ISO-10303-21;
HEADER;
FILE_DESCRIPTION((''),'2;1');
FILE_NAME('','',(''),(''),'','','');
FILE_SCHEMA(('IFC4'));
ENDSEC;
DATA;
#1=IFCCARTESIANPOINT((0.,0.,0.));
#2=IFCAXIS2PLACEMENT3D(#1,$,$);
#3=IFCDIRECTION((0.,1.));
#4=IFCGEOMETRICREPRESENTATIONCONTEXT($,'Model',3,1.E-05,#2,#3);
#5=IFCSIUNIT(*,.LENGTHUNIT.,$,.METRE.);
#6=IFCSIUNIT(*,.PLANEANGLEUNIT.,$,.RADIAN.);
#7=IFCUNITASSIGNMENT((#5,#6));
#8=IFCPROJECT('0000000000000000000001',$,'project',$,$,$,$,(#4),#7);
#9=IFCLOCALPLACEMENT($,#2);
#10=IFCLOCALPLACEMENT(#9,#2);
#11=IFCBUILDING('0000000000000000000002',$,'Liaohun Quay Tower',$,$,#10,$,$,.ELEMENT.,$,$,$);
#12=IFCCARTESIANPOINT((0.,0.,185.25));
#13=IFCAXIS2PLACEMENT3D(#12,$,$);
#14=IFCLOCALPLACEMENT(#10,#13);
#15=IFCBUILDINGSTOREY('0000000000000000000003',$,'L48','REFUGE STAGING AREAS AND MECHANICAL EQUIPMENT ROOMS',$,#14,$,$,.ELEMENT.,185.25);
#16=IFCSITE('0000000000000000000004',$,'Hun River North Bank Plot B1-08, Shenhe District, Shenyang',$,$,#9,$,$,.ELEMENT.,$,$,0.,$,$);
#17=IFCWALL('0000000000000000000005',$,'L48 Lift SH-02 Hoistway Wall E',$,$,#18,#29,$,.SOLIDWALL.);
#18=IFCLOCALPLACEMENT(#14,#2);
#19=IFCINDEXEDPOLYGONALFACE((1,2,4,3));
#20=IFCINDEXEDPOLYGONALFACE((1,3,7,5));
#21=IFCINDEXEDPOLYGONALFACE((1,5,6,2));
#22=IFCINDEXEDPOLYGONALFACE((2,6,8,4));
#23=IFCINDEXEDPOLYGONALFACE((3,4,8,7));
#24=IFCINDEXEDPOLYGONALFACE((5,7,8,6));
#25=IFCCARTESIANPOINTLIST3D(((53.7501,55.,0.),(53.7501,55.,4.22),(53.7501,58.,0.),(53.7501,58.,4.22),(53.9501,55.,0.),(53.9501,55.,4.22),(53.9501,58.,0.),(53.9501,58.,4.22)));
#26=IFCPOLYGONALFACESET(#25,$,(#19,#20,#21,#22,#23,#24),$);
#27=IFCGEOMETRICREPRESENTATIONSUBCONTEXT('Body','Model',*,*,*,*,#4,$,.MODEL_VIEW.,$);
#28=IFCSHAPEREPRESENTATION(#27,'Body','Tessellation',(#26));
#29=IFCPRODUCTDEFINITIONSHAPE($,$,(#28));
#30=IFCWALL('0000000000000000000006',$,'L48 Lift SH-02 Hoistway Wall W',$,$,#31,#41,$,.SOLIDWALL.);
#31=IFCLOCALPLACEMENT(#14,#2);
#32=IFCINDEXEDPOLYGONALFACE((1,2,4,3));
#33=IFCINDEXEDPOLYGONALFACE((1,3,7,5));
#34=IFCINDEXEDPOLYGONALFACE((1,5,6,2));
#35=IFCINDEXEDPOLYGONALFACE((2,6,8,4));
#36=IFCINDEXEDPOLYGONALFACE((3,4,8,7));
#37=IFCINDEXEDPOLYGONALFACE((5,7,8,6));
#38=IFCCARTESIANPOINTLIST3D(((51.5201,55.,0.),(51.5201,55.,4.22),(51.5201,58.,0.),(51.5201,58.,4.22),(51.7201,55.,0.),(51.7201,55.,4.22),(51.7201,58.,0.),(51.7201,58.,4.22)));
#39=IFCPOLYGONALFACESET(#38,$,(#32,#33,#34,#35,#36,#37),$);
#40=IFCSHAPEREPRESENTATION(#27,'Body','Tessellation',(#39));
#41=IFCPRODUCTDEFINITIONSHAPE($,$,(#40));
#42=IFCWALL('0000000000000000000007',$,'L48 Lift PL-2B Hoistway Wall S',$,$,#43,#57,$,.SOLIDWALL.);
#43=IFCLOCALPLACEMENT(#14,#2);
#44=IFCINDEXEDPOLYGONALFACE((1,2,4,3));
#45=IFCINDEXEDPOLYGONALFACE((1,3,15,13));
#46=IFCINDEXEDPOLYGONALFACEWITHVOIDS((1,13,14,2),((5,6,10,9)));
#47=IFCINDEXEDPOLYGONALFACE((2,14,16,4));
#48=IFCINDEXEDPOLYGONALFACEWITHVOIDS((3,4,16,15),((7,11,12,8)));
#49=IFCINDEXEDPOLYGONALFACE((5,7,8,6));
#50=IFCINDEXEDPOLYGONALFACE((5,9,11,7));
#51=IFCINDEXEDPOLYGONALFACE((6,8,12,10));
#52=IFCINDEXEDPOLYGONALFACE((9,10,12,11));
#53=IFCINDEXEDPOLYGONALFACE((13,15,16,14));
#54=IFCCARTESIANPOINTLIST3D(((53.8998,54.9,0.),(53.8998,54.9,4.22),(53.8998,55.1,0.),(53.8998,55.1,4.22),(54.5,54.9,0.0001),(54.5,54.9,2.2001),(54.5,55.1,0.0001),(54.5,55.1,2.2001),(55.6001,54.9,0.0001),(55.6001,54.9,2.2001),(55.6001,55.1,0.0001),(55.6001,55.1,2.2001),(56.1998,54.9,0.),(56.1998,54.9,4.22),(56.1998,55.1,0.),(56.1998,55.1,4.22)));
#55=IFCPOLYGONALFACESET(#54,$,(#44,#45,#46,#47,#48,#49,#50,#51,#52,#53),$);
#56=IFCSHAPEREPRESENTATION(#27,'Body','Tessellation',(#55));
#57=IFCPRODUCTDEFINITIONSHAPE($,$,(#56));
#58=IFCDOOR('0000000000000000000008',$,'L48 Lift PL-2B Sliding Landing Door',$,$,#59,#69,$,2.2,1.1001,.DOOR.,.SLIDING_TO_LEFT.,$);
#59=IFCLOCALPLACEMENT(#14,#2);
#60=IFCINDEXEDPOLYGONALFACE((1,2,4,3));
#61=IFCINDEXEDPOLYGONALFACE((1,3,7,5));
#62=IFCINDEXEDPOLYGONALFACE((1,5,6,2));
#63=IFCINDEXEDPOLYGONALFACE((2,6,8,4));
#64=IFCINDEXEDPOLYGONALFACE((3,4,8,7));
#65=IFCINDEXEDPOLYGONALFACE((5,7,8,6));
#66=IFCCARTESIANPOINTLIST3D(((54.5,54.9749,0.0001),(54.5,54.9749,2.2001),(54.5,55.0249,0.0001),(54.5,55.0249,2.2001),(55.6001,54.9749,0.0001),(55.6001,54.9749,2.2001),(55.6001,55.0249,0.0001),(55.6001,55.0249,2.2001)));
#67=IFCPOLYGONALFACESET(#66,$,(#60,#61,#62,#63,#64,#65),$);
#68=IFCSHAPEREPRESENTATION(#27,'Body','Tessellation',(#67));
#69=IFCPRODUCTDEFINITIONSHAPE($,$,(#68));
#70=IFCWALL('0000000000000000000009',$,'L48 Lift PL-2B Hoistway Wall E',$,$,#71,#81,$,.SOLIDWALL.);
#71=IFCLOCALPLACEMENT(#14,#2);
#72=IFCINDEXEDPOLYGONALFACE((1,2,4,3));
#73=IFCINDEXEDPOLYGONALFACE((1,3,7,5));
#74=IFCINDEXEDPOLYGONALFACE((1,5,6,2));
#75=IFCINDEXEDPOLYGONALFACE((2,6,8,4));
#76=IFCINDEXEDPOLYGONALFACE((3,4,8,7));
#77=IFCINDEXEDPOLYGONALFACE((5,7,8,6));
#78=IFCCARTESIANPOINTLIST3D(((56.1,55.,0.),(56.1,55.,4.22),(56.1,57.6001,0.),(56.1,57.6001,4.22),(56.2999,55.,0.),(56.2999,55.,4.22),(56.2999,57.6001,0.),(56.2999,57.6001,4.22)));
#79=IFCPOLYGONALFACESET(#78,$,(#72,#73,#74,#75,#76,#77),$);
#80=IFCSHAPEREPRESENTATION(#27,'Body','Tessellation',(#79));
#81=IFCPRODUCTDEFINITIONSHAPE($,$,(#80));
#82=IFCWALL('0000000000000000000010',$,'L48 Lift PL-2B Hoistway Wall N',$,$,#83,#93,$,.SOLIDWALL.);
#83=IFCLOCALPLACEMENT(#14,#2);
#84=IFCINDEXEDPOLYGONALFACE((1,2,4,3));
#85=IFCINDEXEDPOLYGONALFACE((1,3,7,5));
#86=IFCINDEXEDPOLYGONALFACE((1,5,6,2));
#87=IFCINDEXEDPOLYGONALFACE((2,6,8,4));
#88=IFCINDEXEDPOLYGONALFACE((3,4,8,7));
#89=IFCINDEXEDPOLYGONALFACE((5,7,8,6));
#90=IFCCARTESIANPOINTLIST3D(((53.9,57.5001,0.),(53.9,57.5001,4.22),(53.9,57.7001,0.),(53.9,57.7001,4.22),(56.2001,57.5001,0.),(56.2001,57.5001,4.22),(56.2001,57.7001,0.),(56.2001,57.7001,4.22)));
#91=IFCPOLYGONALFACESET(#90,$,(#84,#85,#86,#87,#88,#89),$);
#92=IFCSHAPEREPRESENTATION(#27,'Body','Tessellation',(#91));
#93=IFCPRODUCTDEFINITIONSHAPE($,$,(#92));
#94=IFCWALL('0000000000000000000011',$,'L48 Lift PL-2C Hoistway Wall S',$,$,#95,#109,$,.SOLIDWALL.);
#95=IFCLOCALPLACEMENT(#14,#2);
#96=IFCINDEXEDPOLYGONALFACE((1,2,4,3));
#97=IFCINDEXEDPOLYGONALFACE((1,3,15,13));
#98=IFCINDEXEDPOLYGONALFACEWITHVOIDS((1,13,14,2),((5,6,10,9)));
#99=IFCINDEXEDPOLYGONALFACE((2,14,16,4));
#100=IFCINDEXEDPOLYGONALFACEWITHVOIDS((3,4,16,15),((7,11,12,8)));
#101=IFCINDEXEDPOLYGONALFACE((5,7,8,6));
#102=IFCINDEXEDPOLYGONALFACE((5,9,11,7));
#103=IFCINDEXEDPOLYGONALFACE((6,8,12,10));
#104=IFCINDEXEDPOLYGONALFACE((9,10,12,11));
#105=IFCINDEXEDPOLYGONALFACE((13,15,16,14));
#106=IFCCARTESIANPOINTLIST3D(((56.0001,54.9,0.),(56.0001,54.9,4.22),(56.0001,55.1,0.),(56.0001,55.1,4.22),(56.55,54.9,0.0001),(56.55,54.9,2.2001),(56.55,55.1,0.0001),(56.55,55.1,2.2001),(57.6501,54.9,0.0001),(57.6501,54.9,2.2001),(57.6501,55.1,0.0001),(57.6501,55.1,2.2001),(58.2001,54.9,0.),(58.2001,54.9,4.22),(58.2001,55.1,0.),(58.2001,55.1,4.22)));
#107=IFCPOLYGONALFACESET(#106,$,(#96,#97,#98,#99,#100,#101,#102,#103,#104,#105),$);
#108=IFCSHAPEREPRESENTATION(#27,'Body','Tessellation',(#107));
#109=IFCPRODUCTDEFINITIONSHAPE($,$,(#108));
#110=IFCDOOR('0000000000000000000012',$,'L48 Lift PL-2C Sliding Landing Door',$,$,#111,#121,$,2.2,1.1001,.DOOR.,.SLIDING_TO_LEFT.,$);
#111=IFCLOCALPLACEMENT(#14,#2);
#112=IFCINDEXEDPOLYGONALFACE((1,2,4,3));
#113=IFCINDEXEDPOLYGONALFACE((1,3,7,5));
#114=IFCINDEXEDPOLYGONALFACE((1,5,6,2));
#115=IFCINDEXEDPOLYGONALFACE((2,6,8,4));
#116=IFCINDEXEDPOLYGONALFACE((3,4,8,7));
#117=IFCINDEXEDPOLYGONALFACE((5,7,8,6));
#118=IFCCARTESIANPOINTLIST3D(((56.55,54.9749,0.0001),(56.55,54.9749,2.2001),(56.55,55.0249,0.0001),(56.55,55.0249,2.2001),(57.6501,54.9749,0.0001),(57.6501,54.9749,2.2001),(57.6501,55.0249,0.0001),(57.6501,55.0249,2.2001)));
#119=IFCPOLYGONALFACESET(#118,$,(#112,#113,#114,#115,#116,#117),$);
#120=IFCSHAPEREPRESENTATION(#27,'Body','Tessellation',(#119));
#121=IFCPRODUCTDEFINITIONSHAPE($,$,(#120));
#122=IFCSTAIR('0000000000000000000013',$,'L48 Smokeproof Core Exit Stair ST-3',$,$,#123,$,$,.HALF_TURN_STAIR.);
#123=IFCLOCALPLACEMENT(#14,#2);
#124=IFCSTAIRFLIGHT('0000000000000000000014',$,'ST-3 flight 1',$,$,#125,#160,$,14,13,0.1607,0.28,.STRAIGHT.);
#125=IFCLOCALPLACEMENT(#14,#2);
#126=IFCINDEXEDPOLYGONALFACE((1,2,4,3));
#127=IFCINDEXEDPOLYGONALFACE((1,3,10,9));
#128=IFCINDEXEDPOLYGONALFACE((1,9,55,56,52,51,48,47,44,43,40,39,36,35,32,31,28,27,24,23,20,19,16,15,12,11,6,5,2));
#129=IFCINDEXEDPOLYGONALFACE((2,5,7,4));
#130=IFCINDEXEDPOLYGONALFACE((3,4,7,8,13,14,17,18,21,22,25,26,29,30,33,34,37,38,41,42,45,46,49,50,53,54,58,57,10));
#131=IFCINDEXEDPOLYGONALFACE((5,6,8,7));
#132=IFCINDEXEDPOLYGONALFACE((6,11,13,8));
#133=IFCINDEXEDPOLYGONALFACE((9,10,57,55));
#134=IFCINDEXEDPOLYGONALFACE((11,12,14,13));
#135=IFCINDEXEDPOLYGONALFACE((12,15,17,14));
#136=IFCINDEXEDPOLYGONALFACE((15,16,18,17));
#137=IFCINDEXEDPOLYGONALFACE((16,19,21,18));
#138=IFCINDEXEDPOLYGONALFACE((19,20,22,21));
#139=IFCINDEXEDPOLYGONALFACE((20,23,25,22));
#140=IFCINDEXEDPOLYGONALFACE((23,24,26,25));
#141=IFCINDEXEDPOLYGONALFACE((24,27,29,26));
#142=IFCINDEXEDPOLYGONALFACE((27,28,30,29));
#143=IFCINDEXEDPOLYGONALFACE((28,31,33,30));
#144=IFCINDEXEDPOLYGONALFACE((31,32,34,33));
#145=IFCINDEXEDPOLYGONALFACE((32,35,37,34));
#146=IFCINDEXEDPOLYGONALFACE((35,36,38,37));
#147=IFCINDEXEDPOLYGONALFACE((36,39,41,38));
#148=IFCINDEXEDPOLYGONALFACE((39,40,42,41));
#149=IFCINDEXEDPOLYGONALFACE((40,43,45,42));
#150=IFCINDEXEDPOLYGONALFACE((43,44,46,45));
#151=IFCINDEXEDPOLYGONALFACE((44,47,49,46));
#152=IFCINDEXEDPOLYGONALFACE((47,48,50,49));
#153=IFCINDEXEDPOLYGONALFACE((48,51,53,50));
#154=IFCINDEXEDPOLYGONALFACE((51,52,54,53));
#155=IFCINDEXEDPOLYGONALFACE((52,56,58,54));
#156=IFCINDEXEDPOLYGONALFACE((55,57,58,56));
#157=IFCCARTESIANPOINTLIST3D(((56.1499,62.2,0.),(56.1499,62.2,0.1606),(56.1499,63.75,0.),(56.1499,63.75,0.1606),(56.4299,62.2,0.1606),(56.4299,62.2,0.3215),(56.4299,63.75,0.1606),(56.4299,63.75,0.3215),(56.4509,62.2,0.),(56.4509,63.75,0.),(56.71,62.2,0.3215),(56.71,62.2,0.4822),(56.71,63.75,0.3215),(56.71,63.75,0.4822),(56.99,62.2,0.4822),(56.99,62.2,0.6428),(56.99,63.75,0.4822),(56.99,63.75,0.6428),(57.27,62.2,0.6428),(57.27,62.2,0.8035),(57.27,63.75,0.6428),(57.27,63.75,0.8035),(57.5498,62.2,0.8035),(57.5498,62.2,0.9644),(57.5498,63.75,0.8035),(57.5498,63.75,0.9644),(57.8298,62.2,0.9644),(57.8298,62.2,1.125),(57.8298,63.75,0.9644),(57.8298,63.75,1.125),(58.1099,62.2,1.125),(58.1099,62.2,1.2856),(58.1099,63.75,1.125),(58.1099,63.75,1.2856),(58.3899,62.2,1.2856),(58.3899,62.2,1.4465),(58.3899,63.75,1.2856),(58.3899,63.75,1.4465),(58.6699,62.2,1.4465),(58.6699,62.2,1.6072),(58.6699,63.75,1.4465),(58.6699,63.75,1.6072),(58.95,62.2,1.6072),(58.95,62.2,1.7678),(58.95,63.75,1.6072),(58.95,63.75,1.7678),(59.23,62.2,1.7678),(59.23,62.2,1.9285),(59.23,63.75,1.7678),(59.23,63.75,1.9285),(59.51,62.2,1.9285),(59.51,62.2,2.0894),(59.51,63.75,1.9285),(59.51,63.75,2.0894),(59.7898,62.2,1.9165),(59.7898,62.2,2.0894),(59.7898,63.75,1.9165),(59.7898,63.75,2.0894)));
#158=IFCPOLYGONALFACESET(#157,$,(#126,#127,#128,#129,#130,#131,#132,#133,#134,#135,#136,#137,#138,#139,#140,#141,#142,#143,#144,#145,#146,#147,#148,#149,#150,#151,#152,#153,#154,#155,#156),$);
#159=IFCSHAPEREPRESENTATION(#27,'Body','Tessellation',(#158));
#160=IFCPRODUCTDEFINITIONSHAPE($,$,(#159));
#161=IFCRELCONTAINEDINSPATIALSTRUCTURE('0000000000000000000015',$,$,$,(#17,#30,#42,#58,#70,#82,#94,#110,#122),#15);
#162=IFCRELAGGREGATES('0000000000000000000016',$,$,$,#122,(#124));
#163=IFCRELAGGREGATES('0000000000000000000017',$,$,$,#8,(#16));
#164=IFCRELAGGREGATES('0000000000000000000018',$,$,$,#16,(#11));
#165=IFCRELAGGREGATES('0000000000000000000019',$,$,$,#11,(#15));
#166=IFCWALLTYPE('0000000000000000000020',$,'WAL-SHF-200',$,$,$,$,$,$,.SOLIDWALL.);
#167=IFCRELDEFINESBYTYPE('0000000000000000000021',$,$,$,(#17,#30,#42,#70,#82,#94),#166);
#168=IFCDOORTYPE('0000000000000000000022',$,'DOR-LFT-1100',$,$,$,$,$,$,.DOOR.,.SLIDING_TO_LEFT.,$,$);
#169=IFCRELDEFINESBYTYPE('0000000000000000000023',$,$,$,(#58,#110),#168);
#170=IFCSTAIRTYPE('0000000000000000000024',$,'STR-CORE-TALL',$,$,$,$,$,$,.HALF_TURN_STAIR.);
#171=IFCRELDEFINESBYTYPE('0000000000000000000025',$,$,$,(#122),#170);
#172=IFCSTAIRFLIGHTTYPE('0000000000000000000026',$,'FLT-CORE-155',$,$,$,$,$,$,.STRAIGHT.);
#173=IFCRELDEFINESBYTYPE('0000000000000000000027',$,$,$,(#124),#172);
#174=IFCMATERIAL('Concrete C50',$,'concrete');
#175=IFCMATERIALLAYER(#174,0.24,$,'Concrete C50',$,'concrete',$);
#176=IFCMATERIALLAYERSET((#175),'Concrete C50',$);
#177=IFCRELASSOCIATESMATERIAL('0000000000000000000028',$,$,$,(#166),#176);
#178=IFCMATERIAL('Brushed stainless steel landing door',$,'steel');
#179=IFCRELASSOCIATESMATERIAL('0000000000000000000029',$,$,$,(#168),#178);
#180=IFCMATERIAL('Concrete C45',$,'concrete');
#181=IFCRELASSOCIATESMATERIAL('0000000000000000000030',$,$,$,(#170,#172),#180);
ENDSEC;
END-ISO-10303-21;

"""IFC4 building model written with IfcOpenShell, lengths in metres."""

from ifc_helpers import new_model, si_unit, direction, frame, frame_2d, origin, place, context, subcontext, project, spatial, polyline, rectangle, outline, extrude, source, transform, mapped, material, layer, layer_set, type_object, element, fill, aggregate, save


model = new_model("IFC4")

# Units and contexts
model_context = context("Model", 3, precision=1e-05, world=origin(), true_north=direction((0.0, 1.0)))
body_context = subcontext(model_context, "Body", "Model", "MODEL_VIEW")
ifc_project = project(units=[si_unit("LENGTHUNIT", "METRE"), si_unit("PLANEANGLEUNIT", "RADIAN")], contexts=[model_context])

# Site, building, storey
site_placement = place(None, origin())
site = spatial("IfcSite", under=ifc_project, at=site_placement, Name="Hun River North Bank Plot B1-08, Shenhe District, Shenyang", CompositionType="ELEMENT", RefElevation=0.0)
building_placement = place(site_placement, origin())
building = spatial("IfcBuilding", under=site, at=building_placement, Name="Liaohun Quay Tower", CompositionType="ELEMENT")
storey_placement = place(building_placement, frame((0.0, 0.0, 185.25)))
storey = spatial("IfcBuildingStorey", under=building, at=storey_placement, Name="L48", Description="REFUGE STAGING AREAS AND MECHANICAL EQUIPMENT ROOMS", CompositionType="ELEMENT", Elevation=185.25)

# Shared definitions
ifc_material_1 = material(Name="Concrete C50", Category="concrete")
ifc_layer_1 = layer(ifc_material_1, 0.24, Name="Concrete C50", Category="concrete")
ifc_layer_set_1 = layer_set([ifc_layer_1], Name="Concrete C50")
wall_type_1 = type_object("IfcWallType", Name="WAL-SHF-200", PredefinedType="SOLIDWALL", material=ifc_layer_set_1)

# Walls
for number, where, z_axis, x_axis, name in (
    (1, (53.8501, 55.0, 0.0), (0.0, 0.0, 1.0), (0.0, 1.0, 0.0), "L48 Lift SH-02 Hoistway Wall E"),
    (2, (51.6201, 58.0, 0.0), (0.0, 0.0, 1.0), (0.0, -1.0, 0.0), "L48 Lift SH-02 Hoistway Wall W"),
):
    element("IfcWall", number, at=place(storey_placement, frame(where, z_axis=z_axis, x_axis=x_axis)), inside=storey, type_object=wall_type_1, Name=name, PredefinedType="SOLIDWALL", context=body_context, shape_type="SweptSolid", body=[
        extrude(rectangle(XDim=3.0, YDim=0.2, at=frame_2d((1.5, 0.0))), origin(), (0.0, 0.0, 1.0), 4.22),
    ])

# Wall, opening, door
wall_1_placement = place(storey_placement, frame((53.8999, 55.0, 0.0), z_axis=(0.0, 0.0, 1.0), x_axis=(1.0, 0.0, 0.0)))
wall_1 = element("IfcWall", 3, at=wall_1_placement, inside=storey, type_object=wall_type_1, Name="L48 Lift PL-2B Hoistway Wall S", PredefinedType="SOLIDWALL", context=body_context, shape_type="SweptSolid", body=[
    extrude(rectangle(XDim=2.3, YDim=0.2, at=frame_2d((1.1499, 0.0))), origin(), (0.0, 0.0, 1.0), 4.22),
])
shared_shape_1 = source(origin(), body_context, "Body", "SweptSolid", [
    extrude(rectangle(XDim=1.1001, YDim=2.2, at=frame_2d((0.55, 1.1001))), frame((0.0, 0.1099, 0.0), z_axis=(0.0, -1.0, 0.0), x_axis=(1.0, 0.0, 0.0)), (0.0, 0.0, 1.0), 0.22),
])
opening_1_placement = place(wall_1_placement, frame((0.6001, 0.0, 0.0)))
opening_1 = element("IfcOpeningElement", 4, at=opening_1_placement, cuts=wall_1, PredefinedType="OPENING", context=body_context, shape_type="MappedRepresentation", body=[
    mapped(shared_shape_1, transform((0.0, 0.0, 0.0), x_axis=(1.0, 0.0, 0.0), y_axis=(0.0, 1.0, 0.0), z_axis=(0.0, 0.0, 1.0), scale=1.0)),
])
ifc_material_2 = material(Name="Brushed stainless steel landing door", Category="steel")
door_type_1 = type_object("IfcDoorType", Name="DOR-LFT-1100", OperationType="SLIDING_TO_LEFT", PredefinedType="DOOR", material=ifc_material_2)
shared_shape_2 = source(origin(), body_context, "Body", "SweptSolid", [
    extrude(rectangle(XDim=1.1001, YDim=2.2, at=frame_2d((0.55, 1.1001))), frame((0.0, 0.0249, 0.0), z_axis=(0.0, -1.0, 0.0), x_axis=(1.0, 0.0, 0.0)), (0.0, 0.0, 1.0), 0.05),
])
door_1_placement = place(opening_1_placement, origin())
door_1 = element("IfcDoor", 5, at=door_1_placement, inside=storey, type_object=door_type_1, Name="L48 Lift PL-2B Sliding Landing Door", OperationType="SLIDING_TO_LEFT", OverallHeight=2.2, OverallWidth=1.1001, PredefinedType="DOOR", context=body_context, shape_type="MappedRepresentation", body=[
    mapped(shared_shape_2, transform((0.0, 0.0, 0.0), x_axis=(1.0, 0.0, 0.0), y_axis=(0.0, 1.0, 0.0), z_axis=(0.0, 0.0, 1.0), scale=1.0)),
])
fill(opening_1, door_1)

# Walls
wall_2_placement = place(storey_placement, frame((56.2, 55.0, 0.0), z_axis=(0.0, 0.0, 1.0), x_axis=(0.0, 1.0, 0.0)))
element("IfcWall", 6, at=wall_2_placement, inside=storey, type_object=wall_type_1, Name="L48 Lift PL-2B Hoistway Wall E", PredefinedType="SOLIDWALL", context=body_context, shape_type="SweptSolid", body=[
    extrude(rectangle(XDim=2.6001, YDim=0.2, at=frame_2d((1.3, 0.0))), origin(), (0.0, 0.0, 1.0), 4.22),
])
wall_3_placement = place(storey_placement, frame((56.2, 57.6001, 0.0), z_axis=(0.0, 0.0, 1.0), x_axis=(-1.0, 0.0, 0.0)))
element("IfcWall", 7, at=wall_3_placement, inside=storey, type_object=wall_type_1, Name="L48 Lift PL-2B Hoistway Wall N", PredefinedType="SOLIDWALL", context=body_context, shape_type="SweptSolid", body=[
    extrude(rectangle(XDim=2.3, YDim=0.2, at=frame_2d((1.1499, 0.0))), origin(), (0.0, 0.0, 1.0), 4.22),
])

# Wall, opening, door
wall_4_placement = place(storey_placement, frame((56.0, 55.0, 0.0), z_axis=(0.0, 0.0, 1.0), x_axis=(1.0, 0.0, 0.0)))
wall_4 = element("IfcWall", 8, at=wall_4_placement, inside=storey, type_object=wall_type_1, Name="L48 Lift PL-2C Hoistway Wall S", PredefinedType="SOLIDWALL", context=body_context, shape_type="SweptSolid", body=[
    extrude(rectangle(XDim=2.2, YDim=0.2, at=frame_2d((1.1001, 0.0))), origin(), (0.0, 0.0, 1.0), 4.22),
])
opening_2_placement = place(wall_4_placement, frame((0.55, 0.0, 0.0)))
opening_2 = element("IfcOpeningElement", 9, at=opening_2_placement, cuts=wall_4, PredefinedType="OPENING", context=body_context, shape_type="MappedRepresentation", body=[
    mapped(shared_shape_1, transform((0.0, 0.0, 0.0), x_axis=(1.0, 0.0, 0.0), y_axis=(0.0, 1.0, 0.0), z_axis=(0.0, 0.0, 1.0), scale=1.0)),
])
door_2_placement = place(opening_2_placement, origin())
door_2 = element("IfcDoor", 10, at=door_2_placement, inside=storey, type_object=door_type_1, Name="L48 Lift PL-2C Sliding Landing Door", OperationType="SLIDING_TO_LEFT", OverallHeight=2.2, OverallWidth=1.1001, PredefinedType="DOOR", context=body_context, shape_type="MappedRepresentation", body=[
    mapped(shared_shape_2, transform((0.0, 0.0, 0.0), x_axis=(1.0, 0.0, 0.0), y_axis=(0.0, 1.0, 0.0), z_axis=(0.0, 0.0, 1.0), scale=1.0)),
])
fill(opening_2, door_2)

# Stair, stair flight
ifc_material_3 = material(Name="Concrete C45", Category="concrete")
stair_type = type_object("IfcStairType", Name="STR-CORE-TALL", PredefinedType="HALF_TURN_STAIR", material=ifc_material_3)
stair_placement = place(storey_placement, origin())
stair = element("IfcStair", 11, at=stair_placement, inside=storey, type_object=stair_type, Name="L48 Smokeproof Core Exit Stair ST-3", PredefinedType="HALF_TURN_STAIR")
stair_flight_type = type_object("IfcStairFlightType", Name="FLT-CORE-155", PredefinedType="STRAIGHT", material=ifc_material_3)
stair_flight_placement = place(storey_placement, frame((56.1499, 62.9751, 0.0), z_axis=(0.0, 0.0, 1.0), x_axis=(1.0, 0.0, 0.0)))
stair_flight = element("IfcStairFlight", 12, at=stair_flight_placement, type_object=stair_flight_type, Name="ST-3 flight 1", NumberOfRisers=14, NumberOfTreads=13, PredefinedType="STRAIGHT", RiserHeight=0.1607, TreadLength=0.28, context=body_context, shape_type="SweptSolid", body=[
    extrude(outline(polyline([(0.0, 0.0), (0.0, 0.1606), (0.28, 0.1606), (0.28, 0.3215), (0.5601, 0.3215), (0.5601, 0.4822), (0.8401, 0.4822), (0.8401, 0.6428), (1.1201, 0.6428), (1.1201, 0.8035), (1.3999, 0.8035), (1.3999, 0.9644), (1.6799, 0.9644), (1.6799, 1.125), (1.96, 1.125), (1.96, 1.2856), (2.24, 1.2856), (2.24, 1.4465), (2.52, 1.4465), (2.52, 1.6072), (2.8, 1.6072), (2.8, 1.7678), (3.0801, 1.7678), (3.0801, 1.9285), (3.3601, 1.9285), (3.3601, 2.0894), (3.6399, 2.0894), (3.6399, 2.25), (3.6399, 1.9165), (0.301, 0.0), (0.0, 0.0)])), frame((0.0, 0.7749, 0.0), z_axis=(0.0, -1.0, 0.0), x_axis=(1.0, 0.0, 0.0)), (0.0, 0.0, 1.0), 1.55),
])
aggregate(stair, [stair_flight])

save(model, "model.ifc")
